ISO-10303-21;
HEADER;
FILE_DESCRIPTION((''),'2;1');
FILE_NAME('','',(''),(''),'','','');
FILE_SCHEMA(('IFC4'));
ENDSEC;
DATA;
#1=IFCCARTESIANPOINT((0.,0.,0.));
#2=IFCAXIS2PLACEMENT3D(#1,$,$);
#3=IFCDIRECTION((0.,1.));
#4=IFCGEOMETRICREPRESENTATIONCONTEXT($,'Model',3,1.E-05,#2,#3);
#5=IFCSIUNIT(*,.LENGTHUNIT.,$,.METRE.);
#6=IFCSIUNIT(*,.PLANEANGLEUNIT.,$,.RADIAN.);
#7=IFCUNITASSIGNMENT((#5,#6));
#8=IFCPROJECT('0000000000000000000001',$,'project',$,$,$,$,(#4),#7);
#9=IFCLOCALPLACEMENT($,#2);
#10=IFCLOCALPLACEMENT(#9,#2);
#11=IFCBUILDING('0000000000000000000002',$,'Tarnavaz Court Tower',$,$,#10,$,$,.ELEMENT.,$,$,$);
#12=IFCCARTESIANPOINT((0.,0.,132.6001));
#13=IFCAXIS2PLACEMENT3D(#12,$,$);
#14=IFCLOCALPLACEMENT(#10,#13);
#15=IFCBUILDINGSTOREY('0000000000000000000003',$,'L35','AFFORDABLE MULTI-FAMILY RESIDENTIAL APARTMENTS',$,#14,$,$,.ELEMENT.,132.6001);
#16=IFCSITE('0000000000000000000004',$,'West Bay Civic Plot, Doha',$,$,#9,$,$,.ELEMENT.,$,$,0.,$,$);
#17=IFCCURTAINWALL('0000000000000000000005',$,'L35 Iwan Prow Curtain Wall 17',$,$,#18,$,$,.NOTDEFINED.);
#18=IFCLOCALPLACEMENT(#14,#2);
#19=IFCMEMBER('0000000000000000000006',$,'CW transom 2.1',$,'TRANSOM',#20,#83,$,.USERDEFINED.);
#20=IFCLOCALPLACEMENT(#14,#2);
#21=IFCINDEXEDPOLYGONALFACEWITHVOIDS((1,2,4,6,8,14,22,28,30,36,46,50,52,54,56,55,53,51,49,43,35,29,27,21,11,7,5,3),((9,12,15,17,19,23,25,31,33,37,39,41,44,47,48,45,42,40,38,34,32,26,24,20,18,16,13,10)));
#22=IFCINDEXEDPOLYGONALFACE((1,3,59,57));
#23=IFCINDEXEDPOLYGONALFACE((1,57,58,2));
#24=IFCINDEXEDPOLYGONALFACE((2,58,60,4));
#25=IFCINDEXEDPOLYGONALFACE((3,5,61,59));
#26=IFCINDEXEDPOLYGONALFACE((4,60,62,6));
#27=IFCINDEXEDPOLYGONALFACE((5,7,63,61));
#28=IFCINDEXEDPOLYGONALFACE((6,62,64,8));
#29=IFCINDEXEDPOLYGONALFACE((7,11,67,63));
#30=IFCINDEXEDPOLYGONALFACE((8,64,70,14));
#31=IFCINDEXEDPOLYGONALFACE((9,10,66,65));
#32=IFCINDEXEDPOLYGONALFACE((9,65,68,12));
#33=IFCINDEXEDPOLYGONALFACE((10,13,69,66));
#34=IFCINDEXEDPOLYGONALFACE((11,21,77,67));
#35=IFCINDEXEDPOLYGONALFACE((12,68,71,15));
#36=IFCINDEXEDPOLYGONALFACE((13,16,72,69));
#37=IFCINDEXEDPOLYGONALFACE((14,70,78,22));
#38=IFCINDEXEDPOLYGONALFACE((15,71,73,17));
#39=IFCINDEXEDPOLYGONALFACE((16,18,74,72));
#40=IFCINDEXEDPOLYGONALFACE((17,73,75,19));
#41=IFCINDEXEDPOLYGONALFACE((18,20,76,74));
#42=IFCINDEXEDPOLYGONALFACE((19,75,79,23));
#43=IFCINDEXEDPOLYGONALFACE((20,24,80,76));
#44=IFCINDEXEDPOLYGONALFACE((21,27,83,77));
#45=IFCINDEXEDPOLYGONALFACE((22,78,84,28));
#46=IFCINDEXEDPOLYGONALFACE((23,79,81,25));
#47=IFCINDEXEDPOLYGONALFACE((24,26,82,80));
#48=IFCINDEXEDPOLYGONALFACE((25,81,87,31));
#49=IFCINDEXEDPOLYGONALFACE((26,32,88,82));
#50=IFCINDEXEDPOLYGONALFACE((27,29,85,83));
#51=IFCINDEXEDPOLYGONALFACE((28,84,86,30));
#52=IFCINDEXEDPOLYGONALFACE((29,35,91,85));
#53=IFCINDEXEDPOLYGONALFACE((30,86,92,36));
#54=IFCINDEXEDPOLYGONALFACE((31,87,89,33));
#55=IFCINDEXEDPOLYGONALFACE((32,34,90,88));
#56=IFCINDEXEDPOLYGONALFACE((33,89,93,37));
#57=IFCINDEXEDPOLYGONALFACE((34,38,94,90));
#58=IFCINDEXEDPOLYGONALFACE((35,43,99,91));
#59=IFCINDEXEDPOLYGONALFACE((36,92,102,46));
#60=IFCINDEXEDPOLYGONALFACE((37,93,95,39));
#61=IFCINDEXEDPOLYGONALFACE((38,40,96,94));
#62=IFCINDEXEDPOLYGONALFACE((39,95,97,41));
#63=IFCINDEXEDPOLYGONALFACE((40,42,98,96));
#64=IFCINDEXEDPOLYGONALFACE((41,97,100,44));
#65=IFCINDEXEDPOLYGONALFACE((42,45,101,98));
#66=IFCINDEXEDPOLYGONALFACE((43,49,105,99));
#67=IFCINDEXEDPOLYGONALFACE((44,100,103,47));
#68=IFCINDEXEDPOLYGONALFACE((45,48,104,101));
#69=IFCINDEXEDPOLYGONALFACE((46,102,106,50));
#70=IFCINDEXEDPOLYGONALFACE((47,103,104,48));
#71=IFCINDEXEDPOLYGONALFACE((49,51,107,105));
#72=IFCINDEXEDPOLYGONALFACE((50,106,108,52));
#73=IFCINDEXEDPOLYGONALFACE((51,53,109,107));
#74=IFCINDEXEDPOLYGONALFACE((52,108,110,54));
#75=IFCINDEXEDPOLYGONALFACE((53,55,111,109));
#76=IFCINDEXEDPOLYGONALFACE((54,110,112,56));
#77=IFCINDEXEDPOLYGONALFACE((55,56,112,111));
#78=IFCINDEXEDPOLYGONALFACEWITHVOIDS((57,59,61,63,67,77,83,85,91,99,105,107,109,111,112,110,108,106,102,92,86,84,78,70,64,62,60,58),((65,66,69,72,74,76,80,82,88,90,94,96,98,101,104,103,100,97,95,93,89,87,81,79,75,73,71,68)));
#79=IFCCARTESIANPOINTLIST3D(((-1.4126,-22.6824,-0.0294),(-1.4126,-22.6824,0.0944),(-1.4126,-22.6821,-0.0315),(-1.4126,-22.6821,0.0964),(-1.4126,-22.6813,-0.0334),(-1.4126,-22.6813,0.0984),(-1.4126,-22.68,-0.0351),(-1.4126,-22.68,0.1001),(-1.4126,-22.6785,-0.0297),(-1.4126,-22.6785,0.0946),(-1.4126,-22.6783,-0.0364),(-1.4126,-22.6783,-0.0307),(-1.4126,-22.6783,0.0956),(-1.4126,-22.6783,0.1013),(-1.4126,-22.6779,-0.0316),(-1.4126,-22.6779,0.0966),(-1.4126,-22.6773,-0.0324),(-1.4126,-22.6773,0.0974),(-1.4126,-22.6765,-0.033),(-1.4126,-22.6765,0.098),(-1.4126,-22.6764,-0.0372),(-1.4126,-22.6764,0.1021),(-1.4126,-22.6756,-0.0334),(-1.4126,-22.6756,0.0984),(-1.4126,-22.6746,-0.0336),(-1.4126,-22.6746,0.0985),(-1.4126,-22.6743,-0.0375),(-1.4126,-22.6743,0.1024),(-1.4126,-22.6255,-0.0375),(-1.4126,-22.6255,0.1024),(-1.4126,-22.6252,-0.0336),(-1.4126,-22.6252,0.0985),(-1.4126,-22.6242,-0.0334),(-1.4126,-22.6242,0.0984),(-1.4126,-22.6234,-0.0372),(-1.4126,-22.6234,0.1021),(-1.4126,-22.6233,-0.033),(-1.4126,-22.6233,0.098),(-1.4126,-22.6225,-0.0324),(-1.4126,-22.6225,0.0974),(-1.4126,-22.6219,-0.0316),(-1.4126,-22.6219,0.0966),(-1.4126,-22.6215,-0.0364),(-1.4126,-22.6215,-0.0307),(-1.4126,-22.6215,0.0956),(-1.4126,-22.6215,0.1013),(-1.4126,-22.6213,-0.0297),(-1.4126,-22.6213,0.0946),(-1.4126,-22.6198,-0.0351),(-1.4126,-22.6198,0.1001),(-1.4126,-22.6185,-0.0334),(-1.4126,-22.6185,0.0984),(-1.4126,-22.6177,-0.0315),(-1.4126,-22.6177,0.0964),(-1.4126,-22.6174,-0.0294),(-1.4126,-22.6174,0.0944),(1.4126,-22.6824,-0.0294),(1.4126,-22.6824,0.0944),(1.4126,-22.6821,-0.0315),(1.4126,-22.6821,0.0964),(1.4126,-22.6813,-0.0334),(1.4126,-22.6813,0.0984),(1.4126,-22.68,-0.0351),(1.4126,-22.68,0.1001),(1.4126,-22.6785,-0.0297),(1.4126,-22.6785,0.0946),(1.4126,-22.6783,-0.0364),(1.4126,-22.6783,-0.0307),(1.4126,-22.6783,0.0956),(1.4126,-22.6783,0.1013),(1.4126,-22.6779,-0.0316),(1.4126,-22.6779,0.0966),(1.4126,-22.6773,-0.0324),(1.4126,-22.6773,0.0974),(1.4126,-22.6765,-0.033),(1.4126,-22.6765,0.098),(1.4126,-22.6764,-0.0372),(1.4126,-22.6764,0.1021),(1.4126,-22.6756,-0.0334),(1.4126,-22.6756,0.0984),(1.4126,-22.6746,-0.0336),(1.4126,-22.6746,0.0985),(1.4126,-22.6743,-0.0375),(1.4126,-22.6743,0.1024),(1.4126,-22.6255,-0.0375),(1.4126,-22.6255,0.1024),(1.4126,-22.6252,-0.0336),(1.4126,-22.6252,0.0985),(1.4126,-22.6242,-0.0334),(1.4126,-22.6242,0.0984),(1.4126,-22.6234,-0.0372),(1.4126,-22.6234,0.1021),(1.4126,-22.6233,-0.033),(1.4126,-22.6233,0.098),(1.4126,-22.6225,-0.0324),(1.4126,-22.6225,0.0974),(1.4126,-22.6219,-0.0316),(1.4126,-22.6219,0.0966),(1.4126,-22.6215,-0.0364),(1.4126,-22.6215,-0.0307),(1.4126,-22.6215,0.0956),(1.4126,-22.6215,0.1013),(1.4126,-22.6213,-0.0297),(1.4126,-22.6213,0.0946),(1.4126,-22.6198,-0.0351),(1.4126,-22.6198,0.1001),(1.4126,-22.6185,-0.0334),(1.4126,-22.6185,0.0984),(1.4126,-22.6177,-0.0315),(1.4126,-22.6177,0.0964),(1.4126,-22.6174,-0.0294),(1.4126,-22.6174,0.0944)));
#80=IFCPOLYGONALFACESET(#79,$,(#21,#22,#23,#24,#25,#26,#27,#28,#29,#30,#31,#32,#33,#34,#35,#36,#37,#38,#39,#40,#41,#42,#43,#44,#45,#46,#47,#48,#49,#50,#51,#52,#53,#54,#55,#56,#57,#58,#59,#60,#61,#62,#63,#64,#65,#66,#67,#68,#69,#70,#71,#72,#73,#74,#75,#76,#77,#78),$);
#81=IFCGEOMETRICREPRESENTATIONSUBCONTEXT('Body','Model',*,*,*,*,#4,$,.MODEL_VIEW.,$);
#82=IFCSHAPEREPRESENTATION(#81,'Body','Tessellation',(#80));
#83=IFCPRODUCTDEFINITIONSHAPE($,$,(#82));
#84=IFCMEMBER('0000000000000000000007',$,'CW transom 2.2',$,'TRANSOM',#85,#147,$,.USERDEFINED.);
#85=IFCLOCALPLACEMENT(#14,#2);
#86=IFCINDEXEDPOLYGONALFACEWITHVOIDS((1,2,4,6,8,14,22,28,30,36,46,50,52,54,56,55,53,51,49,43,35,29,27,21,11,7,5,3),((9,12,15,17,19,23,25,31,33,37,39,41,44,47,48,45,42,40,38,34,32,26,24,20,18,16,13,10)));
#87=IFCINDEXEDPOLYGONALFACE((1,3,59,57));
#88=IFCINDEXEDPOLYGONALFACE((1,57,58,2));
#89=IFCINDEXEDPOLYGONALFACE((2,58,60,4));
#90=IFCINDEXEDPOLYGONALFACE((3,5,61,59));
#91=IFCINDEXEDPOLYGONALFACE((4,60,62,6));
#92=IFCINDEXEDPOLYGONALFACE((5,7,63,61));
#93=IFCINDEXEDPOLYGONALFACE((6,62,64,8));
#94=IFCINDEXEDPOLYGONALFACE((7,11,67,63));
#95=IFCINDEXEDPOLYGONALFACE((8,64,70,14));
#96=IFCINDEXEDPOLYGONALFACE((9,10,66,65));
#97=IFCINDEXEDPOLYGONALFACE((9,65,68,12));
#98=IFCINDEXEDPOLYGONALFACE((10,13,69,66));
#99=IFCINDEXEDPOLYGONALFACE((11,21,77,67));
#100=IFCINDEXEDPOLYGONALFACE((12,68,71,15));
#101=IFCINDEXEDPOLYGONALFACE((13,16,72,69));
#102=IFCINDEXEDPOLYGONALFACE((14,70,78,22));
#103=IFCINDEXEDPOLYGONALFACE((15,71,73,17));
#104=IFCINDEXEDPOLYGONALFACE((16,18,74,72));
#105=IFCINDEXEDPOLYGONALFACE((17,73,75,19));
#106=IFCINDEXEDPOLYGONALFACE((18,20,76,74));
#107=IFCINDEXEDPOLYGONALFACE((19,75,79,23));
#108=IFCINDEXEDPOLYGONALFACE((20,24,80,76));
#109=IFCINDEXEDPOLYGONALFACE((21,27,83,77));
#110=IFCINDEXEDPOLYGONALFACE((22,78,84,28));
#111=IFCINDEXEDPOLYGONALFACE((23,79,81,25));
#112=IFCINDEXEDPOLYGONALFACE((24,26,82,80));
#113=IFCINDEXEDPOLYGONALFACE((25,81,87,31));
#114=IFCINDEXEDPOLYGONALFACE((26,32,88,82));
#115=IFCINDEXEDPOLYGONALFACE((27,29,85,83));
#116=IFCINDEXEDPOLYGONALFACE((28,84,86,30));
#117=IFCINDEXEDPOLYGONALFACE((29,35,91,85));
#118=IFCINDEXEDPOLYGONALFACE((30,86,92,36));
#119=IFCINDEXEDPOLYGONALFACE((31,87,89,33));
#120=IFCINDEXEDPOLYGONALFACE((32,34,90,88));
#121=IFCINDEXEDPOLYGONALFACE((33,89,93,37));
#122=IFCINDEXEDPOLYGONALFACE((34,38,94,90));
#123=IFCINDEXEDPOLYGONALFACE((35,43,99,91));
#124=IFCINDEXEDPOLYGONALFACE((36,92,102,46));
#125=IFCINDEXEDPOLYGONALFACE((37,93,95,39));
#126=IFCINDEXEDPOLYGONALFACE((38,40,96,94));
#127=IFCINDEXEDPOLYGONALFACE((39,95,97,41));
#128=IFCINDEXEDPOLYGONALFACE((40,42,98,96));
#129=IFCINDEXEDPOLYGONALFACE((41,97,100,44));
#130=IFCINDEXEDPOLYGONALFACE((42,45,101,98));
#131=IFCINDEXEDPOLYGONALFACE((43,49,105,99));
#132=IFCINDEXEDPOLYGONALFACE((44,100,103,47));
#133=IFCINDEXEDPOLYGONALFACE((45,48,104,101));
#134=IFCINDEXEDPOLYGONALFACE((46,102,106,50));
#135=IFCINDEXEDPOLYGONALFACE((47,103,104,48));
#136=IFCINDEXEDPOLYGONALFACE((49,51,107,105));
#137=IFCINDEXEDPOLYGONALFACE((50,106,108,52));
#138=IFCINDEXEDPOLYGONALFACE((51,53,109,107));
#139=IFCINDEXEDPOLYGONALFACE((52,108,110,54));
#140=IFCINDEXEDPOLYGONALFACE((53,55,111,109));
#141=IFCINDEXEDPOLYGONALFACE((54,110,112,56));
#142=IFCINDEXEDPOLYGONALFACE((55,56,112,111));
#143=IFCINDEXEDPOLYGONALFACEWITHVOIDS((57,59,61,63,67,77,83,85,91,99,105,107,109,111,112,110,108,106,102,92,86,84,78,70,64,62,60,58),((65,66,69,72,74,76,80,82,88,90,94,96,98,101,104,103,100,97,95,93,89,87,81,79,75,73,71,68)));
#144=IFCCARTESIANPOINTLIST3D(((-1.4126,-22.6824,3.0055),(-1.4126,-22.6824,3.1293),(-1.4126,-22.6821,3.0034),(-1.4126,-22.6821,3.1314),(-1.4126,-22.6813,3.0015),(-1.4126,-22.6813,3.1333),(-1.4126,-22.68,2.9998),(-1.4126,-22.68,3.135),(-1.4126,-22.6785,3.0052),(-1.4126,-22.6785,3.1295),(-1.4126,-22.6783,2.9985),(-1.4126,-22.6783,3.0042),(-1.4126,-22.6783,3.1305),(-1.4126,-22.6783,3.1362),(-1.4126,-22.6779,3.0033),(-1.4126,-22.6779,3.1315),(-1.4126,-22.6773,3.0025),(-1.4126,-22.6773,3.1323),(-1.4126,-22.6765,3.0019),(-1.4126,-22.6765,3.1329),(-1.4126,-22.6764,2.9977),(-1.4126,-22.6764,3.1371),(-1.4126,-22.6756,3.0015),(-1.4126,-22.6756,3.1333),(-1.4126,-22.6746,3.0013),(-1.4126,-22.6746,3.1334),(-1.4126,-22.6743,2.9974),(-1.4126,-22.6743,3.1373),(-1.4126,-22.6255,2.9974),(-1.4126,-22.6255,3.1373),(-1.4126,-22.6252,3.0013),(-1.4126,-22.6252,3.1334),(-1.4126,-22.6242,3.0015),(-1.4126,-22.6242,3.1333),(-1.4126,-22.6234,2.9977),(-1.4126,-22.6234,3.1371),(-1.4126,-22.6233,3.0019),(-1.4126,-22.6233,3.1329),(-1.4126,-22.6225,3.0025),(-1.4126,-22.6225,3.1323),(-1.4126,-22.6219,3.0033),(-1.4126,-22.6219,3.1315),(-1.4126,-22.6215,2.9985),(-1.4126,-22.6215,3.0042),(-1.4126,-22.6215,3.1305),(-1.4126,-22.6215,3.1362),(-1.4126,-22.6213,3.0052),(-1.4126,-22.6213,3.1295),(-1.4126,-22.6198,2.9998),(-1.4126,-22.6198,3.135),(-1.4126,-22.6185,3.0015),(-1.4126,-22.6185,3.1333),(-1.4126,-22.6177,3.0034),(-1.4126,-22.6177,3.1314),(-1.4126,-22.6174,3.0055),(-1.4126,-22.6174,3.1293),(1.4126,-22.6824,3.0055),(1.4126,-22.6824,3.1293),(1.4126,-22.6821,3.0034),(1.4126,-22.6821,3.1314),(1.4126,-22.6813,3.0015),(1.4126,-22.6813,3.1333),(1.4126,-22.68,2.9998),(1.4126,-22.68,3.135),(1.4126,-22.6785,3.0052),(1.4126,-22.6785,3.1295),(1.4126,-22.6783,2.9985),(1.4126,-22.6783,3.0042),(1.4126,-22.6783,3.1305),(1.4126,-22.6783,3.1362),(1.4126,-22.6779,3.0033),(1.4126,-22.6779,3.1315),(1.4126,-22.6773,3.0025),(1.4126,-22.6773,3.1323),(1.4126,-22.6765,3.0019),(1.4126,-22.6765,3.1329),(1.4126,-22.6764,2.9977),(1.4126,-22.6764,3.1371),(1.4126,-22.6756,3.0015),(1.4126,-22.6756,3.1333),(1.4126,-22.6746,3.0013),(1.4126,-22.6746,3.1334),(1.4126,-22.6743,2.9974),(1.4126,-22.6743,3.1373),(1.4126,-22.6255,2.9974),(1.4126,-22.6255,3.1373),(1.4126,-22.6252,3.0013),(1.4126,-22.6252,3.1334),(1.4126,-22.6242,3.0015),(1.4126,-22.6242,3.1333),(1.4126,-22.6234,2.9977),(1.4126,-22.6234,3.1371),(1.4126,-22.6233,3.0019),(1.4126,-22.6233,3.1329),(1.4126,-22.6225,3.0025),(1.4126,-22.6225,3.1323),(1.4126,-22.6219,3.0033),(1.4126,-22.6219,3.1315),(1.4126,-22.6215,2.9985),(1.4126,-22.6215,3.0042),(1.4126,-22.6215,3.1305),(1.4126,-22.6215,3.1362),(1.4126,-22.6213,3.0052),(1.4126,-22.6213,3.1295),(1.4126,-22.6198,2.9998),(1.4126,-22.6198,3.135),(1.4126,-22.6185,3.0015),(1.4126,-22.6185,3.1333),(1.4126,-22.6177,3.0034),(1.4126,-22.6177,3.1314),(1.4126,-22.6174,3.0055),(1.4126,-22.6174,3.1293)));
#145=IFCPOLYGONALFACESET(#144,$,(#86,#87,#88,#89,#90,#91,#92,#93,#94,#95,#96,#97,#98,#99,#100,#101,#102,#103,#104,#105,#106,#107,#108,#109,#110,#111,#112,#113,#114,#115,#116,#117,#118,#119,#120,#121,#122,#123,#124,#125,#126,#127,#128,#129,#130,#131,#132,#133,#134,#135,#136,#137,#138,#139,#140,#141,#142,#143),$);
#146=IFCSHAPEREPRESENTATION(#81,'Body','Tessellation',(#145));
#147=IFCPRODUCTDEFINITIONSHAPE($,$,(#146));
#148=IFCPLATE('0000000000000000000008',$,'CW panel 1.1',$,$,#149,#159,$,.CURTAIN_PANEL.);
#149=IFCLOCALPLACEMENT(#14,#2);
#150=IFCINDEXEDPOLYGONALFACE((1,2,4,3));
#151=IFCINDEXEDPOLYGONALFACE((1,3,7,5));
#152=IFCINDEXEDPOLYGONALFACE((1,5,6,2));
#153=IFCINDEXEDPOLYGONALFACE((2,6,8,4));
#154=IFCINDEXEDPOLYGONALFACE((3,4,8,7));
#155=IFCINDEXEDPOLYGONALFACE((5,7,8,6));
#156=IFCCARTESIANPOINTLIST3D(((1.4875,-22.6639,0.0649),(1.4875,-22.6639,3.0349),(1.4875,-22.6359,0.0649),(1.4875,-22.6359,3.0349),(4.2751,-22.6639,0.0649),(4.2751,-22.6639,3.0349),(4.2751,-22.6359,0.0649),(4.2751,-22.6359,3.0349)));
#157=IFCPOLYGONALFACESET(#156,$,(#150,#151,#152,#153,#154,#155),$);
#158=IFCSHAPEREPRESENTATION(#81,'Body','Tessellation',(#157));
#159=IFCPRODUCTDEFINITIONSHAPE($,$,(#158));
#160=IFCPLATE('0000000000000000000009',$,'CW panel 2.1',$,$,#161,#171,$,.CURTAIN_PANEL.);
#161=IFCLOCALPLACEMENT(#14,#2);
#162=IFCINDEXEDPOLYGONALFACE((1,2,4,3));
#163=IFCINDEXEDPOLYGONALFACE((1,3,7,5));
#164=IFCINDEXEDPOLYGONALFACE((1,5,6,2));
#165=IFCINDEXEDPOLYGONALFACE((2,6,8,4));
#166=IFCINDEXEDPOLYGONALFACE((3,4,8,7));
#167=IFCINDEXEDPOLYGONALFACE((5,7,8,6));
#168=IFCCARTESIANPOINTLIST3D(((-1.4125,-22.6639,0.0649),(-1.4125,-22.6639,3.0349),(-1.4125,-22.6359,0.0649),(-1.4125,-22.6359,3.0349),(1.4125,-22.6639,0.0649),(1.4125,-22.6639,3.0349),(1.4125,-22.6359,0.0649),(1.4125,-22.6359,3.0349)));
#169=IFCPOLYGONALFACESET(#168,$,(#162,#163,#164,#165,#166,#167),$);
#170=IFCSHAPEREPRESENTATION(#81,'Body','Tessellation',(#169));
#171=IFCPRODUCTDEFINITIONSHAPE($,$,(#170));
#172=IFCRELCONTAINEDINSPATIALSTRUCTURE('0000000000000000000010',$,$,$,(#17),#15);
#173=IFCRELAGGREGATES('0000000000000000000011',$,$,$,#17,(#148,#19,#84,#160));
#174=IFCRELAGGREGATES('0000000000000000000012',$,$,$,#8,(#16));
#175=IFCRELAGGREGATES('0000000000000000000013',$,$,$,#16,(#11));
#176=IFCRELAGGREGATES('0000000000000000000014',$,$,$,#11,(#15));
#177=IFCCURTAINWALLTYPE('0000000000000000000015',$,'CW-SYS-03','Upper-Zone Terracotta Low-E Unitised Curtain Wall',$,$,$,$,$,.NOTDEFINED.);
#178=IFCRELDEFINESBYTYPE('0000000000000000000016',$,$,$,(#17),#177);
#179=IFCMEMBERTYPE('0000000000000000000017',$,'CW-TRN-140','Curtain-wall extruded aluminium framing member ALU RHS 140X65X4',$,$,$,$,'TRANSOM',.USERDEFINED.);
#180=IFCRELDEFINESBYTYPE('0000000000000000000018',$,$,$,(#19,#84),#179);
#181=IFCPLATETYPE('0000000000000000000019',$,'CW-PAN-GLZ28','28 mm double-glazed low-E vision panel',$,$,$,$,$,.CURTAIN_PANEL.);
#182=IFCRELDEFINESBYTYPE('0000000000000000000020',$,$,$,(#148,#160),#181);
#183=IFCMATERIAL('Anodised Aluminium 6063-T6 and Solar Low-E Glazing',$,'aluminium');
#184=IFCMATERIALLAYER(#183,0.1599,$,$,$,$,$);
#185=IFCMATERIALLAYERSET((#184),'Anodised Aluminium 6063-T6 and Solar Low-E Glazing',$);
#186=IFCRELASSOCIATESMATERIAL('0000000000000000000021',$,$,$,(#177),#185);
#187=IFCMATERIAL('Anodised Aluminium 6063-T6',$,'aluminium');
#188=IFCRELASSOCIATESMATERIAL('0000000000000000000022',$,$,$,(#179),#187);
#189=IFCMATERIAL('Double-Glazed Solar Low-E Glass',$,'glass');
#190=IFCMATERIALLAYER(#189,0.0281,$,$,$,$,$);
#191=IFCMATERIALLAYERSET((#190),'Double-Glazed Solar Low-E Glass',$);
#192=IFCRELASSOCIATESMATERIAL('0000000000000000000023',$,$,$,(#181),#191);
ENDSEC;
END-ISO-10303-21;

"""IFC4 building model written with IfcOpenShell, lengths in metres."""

from ifc_helpers import new_model, si_unit, direction, frame, origin, origin_2d, place, context, subcontext, project, spatial, rectangle, hollow_rectangle, extrude, material, layer, layer_set, material_profile, profile_set, type_object, element, aggregate, save


model = new_model("IFC4")

# Units and contexts
model_context = context("Model", 3, precision=1e-05, world=origin(), true_north=direction((0.0, 1.0)))
body_context = subcontext(model_context, "Body", "Model", "MODEL_VIEW")
ifc_project = project(units=[si_unit("LENGTHUNIT", "METRE"), si_unit("PLANEANGLEUNIT", "RADIAN")], contexts=[model_context])

# Site, building, storey
site_placement = place(None, origin())
site = spatial("IfcSite", under=ifc_project, at=site_placement, Name="West Bay Civic Plot, Doha", CompositionType="ELEMENT", RefElevation=0.0)
building_placement = place(site_placement, origin())
building = spatial("IfcBuilding", under=site, at=building_placement, Name="Tarnavaz Court Tower", CompositionType="ELEMENT")
storey_placement = place(building_placement, frame((0.0, 0.0, 132.6001)))
storey = spatial("IfcBuildingStorey", under=building, at=storey_placement, Name="L35", Description="AFFORDABLE MULTI-FAMILY RESIDENTIAL APARTMENTS", CompositionType="ELEMENT", Elevation=132.6001)

# Curtain wall, members, plates
ifc_material_1 = material(Name="Anodised Aluminium 6063-T6 and Solar Low-E Glazing", Category="aluminium")
ifc_layer_1 = layer(ifc_material_1, 0.1599)
ifc_layer_set_1 = layer_set([ifc_layer_1], Name="Anodised Aluminium 6063-T6 and Solar Low-E Glazing")
curtain_wall_type = type_object("IfcCurtainWallType", Name="CW-SYS-03", Description="Upper-Zone Terracotta Low-E Unitised Curtain Wall", PredefinedType="NOTDEFINED", material=ifc_layer_set_1)
curtain_wall_placement = place(storey_placement, origin())
curtain_wall = element("IfcCurtainWall", 1, at=curtain_wall_placement, inside=storey, type_object=curtain_wall_type, Name="L35 Iwan Prow Curtain Wall 17", PredefinedType="NOTDEFINED")
ifc_material_2 = material(Name="Anodised Aluminium 6063-T6", Category="aluminium")
ifc_material_profile_1 = material_profile(ifc_material_2, hollow_rectangle(XDim=0.0649, YDim=0.1399, WallThickness=0.0039, InnerFilletRadius=0.0039, OuterFilletRadius=0.0081, at=origin_2d()), Name="ALU RHS 140X65X4")
ifc_profile_set_1 = profile_set([ifc_material_profile_1], Name="Anodised Aluminium 6063-T6")
member_type_1 = type_object("IfcMemberType", Name="CW-TRN-140", Description="Curtain-wall extruded aluminium framing member ALU RHS 140X65X4", ElementType="TRANSOM", PredefinedType="USERDEFINED", material=ifc_profile_set_1)
member_1_placement = place(storey_placement, frame((1.4126, -22.6499, 0.0325), z_axis=(-1.0, 0.0, 0.0), x_axis=(0.0, -1.0, 0.0)))
member_1 = element("IfcMember", 2, at=member_1_placement, type_object=member_type_1, Name="CW transom 2.1", ObjectType="TRANSOM", PredefinedType="USERDEFINED", context=body_context, shape_type="SweptSolid", body=[
    extrude(hollow_rectangle(XDim=0.0649, YDim=0.1399, WallThickness=0.0039, InnerFilletRadius=0.0039, OuterFilletRadius=0.0081, at=origin_2d()), origin(), (0.0, 0.0, 1.0), 2.8252),
])
member_2_placement = place(storey_placement, frame((1.4126, -22.6499, 3.0674), z_axis=(-1.0, 0.0, 0.0), x_axis=(0.0, -1.0, 0.0)))
member_2 = element("IfcMember", 3, at=member_2_placement, type_object=member_type_1, Name="CW transom 2.2", ObjectType="TRANSOM", PredefinedType="USERDEFINED", context=body_context, shape_type="SweptSolid", body=[
    extrude(hollow_rectangle(XDim=0.0649, YDim=0.1399, WallThickness=0.0039, InnerFilletRadius=0.0039, OuterFilletRadius=0.0081, at=origin_2d()), origin(), (0.0, 0.0, 1.0), 2.8252),
])
ifc_material_3 = material(Name="Double-Glazed Solar Low-E Glass", Category="glass")
ifc_layer_2 = layer(ifc_material_3, 0.0281)
ifc_layer_set_2 = layer_set([ifc_layer_2], Name="Double-Glazed Solar Low-E Glass")
plate_type = type_object("IfcPlateType", Name="CW-PAN-GLZ28", Description="28 mm double-glazed low-E vision panel", PredefinedType="CURTAIN_PANEL", material=ifc_layer_set_2)
plate_1_placement = place(storey_placement, frame((2.8813, -22.6499, 0.0649), z_axis=(0.0, 0.0, 1.0), x_axis=(-1.0, 0.0, 0.0)))
plate_1 = element("IfcPlate", 4, at=plate_1_placement, type_object=plate_type, Name="CW panel 1.1", PredefinedType="CURTAIN_PANEL", context=body_context, shape_type="SweptSolid", body=[
    extrude(rectangle(XDim=2.7876, YDim=0.0281, at=origin_2d()), origin(), (0.0, 0.0, 1.0), 2.97),
])
plate_2_placement = place(storey_placement, frame((0.0, -22.6499, 0.0649), z_axis=(0.0, 0.0, 1.0), x_axis=(-1.0, 0.0, 0.0)))
plate_2 = element("IfcPlate", 5, at=plate_2_placement, type_object=plate_type, Name="CW panel 2.1", PredefinedType="CURTAIN_PANEL", context=body_context, shape_type="SweptSolid", body=[
    extrude(rectangle(XDim=2.825, YDim=0.0281, at=origin_2d()), origin(), (0.0, 0.0, 1.0), 2.97),
])
aggregate(curtain_wall, [plate_1, member_1, member_2, plate_2])

save(model, "model.ifc")
